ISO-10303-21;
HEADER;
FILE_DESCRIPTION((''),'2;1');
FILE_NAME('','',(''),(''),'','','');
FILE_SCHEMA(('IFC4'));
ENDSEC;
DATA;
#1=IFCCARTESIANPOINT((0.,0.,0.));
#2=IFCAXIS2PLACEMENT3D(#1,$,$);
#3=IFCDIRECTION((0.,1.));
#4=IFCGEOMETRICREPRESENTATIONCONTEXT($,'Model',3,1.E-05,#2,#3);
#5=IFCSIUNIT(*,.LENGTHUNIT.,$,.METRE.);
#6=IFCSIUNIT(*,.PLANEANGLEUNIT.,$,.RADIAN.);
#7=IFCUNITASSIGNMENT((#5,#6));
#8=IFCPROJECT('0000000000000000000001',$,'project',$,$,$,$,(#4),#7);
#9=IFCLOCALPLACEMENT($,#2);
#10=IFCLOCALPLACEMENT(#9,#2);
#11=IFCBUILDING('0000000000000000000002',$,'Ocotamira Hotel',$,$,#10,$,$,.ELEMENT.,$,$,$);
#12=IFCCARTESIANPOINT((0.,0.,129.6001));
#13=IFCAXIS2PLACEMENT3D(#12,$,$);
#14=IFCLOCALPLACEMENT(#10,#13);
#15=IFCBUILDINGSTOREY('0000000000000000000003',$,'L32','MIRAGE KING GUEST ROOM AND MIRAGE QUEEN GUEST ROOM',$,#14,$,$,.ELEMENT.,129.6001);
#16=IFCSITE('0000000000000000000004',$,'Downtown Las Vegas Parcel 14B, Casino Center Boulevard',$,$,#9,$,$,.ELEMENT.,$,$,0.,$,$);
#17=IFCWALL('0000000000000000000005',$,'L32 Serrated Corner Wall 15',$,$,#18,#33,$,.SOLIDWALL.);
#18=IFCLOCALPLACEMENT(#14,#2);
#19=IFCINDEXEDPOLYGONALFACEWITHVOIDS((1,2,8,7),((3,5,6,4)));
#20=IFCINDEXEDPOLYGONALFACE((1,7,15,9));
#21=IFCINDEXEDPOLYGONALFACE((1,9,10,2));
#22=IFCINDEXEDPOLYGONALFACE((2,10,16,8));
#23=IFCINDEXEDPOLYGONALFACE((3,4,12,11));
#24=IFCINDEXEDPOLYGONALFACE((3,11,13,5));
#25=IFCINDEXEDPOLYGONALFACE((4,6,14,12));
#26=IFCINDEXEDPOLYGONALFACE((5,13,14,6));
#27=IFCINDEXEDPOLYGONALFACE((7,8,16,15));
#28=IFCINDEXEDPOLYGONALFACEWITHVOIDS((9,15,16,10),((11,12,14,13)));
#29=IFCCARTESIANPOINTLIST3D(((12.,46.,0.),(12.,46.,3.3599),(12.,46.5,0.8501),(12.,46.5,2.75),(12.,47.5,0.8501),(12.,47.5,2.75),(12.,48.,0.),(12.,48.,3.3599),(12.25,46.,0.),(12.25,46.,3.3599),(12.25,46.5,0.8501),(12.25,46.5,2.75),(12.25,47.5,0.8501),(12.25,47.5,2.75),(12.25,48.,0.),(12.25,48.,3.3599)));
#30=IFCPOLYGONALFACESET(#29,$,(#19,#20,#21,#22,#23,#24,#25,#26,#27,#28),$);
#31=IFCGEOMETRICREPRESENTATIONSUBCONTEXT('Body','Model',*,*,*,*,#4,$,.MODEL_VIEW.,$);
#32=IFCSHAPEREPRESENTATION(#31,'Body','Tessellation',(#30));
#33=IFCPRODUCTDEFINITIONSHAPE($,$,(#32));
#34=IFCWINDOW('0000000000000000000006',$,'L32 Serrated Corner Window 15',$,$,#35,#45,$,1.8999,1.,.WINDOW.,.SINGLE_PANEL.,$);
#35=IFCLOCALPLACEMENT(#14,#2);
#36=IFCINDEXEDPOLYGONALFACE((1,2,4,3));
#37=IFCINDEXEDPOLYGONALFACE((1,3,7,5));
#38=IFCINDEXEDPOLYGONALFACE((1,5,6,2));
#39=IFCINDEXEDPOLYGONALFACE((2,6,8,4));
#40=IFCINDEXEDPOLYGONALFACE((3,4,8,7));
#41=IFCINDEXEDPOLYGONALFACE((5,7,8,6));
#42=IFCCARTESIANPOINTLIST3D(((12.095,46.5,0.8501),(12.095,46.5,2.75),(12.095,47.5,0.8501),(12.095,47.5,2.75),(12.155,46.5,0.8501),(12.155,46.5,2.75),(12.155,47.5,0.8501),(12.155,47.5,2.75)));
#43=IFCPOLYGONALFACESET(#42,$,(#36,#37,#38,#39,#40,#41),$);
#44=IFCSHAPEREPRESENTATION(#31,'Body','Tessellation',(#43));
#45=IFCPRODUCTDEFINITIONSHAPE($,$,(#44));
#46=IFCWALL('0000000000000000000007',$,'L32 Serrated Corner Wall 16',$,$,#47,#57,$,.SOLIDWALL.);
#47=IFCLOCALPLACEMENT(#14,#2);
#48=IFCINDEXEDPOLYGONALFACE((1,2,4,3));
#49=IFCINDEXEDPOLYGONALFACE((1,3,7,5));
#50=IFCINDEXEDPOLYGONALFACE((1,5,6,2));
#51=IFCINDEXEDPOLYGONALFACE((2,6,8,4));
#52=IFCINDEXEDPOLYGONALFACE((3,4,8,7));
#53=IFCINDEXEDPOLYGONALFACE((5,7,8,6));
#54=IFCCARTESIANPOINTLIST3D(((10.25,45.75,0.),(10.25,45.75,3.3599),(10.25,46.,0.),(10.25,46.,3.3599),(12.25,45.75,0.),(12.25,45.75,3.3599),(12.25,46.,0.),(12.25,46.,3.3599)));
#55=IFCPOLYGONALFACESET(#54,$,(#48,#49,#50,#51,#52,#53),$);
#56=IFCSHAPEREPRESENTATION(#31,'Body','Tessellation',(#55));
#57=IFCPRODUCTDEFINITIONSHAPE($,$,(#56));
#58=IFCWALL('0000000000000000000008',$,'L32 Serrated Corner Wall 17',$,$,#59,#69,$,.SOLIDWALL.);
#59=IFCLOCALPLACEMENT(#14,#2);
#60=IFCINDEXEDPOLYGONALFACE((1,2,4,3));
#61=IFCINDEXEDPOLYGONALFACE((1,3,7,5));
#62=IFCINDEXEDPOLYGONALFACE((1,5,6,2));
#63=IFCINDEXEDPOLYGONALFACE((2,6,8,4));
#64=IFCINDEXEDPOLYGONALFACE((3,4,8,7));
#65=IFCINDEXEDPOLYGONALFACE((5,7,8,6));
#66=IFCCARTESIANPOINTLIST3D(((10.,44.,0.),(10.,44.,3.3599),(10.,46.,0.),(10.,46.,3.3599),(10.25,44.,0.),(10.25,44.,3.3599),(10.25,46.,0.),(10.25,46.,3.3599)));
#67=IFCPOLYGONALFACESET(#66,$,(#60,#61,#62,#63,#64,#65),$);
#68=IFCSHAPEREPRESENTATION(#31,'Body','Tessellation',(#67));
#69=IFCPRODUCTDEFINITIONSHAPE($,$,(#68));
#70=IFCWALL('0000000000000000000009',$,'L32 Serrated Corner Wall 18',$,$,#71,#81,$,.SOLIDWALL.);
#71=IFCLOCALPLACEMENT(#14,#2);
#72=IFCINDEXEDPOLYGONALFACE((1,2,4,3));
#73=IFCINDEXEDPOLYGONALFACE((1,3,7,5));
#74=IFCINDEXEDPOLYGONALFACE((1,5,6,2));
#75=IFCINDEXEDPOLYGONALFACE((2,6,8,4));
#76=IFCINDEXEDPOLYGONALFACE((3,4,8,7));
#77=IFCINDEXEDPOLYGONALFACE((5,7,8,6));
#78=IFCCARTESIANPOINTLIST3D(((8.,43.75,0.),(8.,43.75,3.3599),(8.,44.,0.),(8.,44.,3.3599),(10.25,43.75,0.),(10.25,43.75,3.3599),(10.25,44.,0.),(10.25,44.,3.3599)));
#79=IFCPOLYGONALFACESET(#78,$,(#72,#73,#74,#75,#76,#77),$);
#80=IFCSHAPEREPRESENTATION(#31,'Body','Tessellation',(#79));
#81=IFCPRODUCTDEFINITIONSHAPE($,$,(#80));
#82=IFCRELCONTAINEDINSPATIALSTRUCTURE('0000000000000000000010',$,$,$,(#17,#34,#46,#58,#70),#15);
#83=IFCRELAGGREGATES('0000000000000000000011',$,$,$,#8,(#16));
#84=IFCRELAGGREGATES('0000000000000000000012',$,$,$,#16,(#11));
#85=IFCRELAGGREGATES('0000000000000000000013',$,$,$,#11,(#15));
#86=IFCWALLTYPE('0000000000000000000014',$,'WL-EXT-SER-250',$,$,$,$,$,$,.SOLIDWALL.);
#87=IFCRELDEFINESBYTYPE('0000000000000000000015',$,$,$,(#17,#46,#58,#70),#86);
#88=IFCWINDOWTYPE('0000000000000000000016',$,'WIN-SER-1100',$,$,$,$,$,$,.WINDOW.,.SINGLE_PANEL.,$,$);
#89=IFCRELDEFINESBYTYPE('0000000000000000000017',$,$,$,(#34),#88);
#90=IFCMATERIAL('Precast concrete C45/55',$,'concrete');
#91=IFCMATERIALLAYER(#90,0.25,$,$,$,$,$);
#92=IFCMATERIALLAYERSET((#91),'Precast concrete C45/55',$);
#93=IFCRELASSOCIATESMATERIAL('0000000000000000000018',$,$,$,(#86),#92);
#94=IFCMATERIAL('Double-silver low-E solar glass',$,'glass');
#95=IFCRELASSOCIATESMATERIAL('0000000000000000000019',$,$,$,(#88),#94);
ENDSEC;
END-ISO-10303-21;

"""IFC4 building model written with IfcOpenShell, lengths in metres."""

from ifc_helpers import new_model, si_unit, direction, frame, frame_2d, origin, place, context, subcontext, project, spatial, rectangle, extrude, source, transform, mapped, material, layer, layer_set, type_object, element, fill, save


model = new_model("IFC4")

# Units and contexts
model_context = context("Model", 3, precision=1e-05, world=origin(), true_north=direction((0.0, 1.0)))
body_context = subcontext(model_context, "Body", "Model", "MODEL_VIEW")
ifc_project = project(units=[si_unit("LENGTHUNIT", "METRE"), si_unit("PLANEANGLEUNIT", "RADIAN")], contexts=[model_context])

# Site, building, storey
site_placement = place(None, origin())
site = spatial("IfcSite", under=ifc_project, at=site_placement, Name="Downtown Las Vegas Parcel 14B, Casino Center Boulevard", CompositionType="ELEMENT", RefElevation=0.0)
building_placement = place(site_placement, origin())
building = spatial("IfcBuilding", under=site, at=building_placement, Name="Ocotamira Hotel", CompositionType="ELEMENT")
storey_placement = place(building_placement, frame((0.0, 0.0, 129.6001)))
storey = spatial("IfcBuildingStorey", under=building, at=storey_placement, Name="L32", Description="MIRAGE KING GUEST ROOM AND MIRAGE QUEEN GUEST ROOM", CompositionType="ELEMENT", Elevation=129.6001)

# Shared definitions
ifc_material_1 = material(Name="Precast concrete C45/55", Category="concrete")
ifc_layer_1 = layer(ifc_material_1, 0.25)
ifc_layer_set_1 = layer_set([ifc_layer_1], Name="Precast concrete C45/55")
wall_type = type_object("IfcWallType", Name="WL-EXT-SER-250", PredefinedType="SOLIDWALL", material=ifc_layer_set_1)

# Wall, opening, window
wall_1_placement = place(storey_placement, frame((12.125, 48.0, 0.0), z_axis=(0.0, 0.0, 1.0), x_axis=(0.0, -1.0, 0.0)))
wall_1 = element("IfcWall", 1, at=wall_1_placement, inside=storey, type_object=wall_type, Name="L32 Serrated Corner Wall 15", PredefinedType="SOLIDWALL", context=body_context, shape_type="SweptSolid", body=[
    extrude(rectangle(XDim=2.0, YDim=0.25, at=frame_2d((1.0, 0.0))), origin(), (0.0, 0.0, 1.0), 3.3599),
])
opening_placement = place(wall_1_placement, frame((0.5, 0.0, 0.8501)))
opening = element("IfcOpeningElement", 2, at=opening_placement, cuts=wall_1, PredefinedType="OPENING", context=body_context, shape_type="SweptSolid", body=[
    extrude(rectangle(XDim=1.0, YDim=1.8999, at=frame_2d((0.5, 0.95))), frame((0.0, 0.135, 0.0), z_axis=(0.0, -1.0, 0.0), x_axis=(1.0, 0.0, 0.0)), (0.0, 0.0, 1.0), 0.27),
])
ifc_material_2 = material(Name="Double-silver low-E solar glass", Category="glass")
window_type = type_object("IfcWindowType", Name="WIN-SER-1100", PartitioningType="SINGLE_PANEL", PredefinedType="WINDOW", material=ifc_material_2)
shared_shape_1 = source(origin(), body_context, "Body", "SweptSolid", [
    extrude(rectangle(XDim=1.0, YDim=1.8999, at=frame_2d((0.5, 0.95))), frame((0.0, 0.03, 0.0), z_axis=(0.0, -1.0, 0.0), x_axis=(1.0, 0.0, 0.0)), (0.0, 0.0, 1.0), 0.0601),
])
window_placement = place(opening_placement, origin())
window = element("IfcWindow", 3, at=window_placement, inside=storey, type_object=window_type, Name="L32 Serrated Corner Window 15", OverallHeight=1.8999, OverallWidth=1.0, PartitioningType="SINGLE_PANEL", PredefinedType="WINDOW", context=body_context, shape_type="MappedRepresentation", body=[
    mapped(shared_shape_1, transform((0.0, 0.0, 0.0), scale=1.0)),
])
fill(opening, window)

# Walls
for number, where, z_axis, x_axis, name in (
    (4, (12.25, 45.875, 0.0), (0.0, 0.0, 1.0), (-1.0, 0.0, 0.0), "L32 Serrated Corner Wall 16"),
    (5, (10.125, 46.0, 0.0), (0.0, 0.0, 1.0), (0.0, -1.0, 0.0), "L32 Serrated Corner Wall 17"),
):
    element("IfcWall", number, at=place(storey_placement, frame(where, z_axis=z_axis, x_axis=x_axis)), inside=storey, type_object=wall_type, Name=name, PredefinedType="SOLIDWALL", context=body_context, shape_type="SweptSolid", body=[
        extrude(rectangle(XDim=2.0, YDim=0.25, at=frame_2d((1.0, 0.0))), origin(), (0.0, 0.0, 1.0), 3.3599),
    ])
wall_2_placement = place(storey_placement, frame((10.25, 43.875, 0.0), z_axis=(0.0, 0.0, 1.0), x_axis=(-1.0, 0.0, 0.0)))
element("IfcWall", 6, at=wall_2_placement, inside=storey, type_object=wall_type, Name="L32 Serrated Corner Wall 18", PredefinedType="SOLIDWALL", context=body_context, shape_type="SweptSolid", body=[
    extrude(rectangle(XDim=2.25, YDim=0.25, at=frame_2d((1.125, 0.0))), origin(), (0.0, 0.0, 1.0), 3.3599),
])

save(model, "model.ifc")
